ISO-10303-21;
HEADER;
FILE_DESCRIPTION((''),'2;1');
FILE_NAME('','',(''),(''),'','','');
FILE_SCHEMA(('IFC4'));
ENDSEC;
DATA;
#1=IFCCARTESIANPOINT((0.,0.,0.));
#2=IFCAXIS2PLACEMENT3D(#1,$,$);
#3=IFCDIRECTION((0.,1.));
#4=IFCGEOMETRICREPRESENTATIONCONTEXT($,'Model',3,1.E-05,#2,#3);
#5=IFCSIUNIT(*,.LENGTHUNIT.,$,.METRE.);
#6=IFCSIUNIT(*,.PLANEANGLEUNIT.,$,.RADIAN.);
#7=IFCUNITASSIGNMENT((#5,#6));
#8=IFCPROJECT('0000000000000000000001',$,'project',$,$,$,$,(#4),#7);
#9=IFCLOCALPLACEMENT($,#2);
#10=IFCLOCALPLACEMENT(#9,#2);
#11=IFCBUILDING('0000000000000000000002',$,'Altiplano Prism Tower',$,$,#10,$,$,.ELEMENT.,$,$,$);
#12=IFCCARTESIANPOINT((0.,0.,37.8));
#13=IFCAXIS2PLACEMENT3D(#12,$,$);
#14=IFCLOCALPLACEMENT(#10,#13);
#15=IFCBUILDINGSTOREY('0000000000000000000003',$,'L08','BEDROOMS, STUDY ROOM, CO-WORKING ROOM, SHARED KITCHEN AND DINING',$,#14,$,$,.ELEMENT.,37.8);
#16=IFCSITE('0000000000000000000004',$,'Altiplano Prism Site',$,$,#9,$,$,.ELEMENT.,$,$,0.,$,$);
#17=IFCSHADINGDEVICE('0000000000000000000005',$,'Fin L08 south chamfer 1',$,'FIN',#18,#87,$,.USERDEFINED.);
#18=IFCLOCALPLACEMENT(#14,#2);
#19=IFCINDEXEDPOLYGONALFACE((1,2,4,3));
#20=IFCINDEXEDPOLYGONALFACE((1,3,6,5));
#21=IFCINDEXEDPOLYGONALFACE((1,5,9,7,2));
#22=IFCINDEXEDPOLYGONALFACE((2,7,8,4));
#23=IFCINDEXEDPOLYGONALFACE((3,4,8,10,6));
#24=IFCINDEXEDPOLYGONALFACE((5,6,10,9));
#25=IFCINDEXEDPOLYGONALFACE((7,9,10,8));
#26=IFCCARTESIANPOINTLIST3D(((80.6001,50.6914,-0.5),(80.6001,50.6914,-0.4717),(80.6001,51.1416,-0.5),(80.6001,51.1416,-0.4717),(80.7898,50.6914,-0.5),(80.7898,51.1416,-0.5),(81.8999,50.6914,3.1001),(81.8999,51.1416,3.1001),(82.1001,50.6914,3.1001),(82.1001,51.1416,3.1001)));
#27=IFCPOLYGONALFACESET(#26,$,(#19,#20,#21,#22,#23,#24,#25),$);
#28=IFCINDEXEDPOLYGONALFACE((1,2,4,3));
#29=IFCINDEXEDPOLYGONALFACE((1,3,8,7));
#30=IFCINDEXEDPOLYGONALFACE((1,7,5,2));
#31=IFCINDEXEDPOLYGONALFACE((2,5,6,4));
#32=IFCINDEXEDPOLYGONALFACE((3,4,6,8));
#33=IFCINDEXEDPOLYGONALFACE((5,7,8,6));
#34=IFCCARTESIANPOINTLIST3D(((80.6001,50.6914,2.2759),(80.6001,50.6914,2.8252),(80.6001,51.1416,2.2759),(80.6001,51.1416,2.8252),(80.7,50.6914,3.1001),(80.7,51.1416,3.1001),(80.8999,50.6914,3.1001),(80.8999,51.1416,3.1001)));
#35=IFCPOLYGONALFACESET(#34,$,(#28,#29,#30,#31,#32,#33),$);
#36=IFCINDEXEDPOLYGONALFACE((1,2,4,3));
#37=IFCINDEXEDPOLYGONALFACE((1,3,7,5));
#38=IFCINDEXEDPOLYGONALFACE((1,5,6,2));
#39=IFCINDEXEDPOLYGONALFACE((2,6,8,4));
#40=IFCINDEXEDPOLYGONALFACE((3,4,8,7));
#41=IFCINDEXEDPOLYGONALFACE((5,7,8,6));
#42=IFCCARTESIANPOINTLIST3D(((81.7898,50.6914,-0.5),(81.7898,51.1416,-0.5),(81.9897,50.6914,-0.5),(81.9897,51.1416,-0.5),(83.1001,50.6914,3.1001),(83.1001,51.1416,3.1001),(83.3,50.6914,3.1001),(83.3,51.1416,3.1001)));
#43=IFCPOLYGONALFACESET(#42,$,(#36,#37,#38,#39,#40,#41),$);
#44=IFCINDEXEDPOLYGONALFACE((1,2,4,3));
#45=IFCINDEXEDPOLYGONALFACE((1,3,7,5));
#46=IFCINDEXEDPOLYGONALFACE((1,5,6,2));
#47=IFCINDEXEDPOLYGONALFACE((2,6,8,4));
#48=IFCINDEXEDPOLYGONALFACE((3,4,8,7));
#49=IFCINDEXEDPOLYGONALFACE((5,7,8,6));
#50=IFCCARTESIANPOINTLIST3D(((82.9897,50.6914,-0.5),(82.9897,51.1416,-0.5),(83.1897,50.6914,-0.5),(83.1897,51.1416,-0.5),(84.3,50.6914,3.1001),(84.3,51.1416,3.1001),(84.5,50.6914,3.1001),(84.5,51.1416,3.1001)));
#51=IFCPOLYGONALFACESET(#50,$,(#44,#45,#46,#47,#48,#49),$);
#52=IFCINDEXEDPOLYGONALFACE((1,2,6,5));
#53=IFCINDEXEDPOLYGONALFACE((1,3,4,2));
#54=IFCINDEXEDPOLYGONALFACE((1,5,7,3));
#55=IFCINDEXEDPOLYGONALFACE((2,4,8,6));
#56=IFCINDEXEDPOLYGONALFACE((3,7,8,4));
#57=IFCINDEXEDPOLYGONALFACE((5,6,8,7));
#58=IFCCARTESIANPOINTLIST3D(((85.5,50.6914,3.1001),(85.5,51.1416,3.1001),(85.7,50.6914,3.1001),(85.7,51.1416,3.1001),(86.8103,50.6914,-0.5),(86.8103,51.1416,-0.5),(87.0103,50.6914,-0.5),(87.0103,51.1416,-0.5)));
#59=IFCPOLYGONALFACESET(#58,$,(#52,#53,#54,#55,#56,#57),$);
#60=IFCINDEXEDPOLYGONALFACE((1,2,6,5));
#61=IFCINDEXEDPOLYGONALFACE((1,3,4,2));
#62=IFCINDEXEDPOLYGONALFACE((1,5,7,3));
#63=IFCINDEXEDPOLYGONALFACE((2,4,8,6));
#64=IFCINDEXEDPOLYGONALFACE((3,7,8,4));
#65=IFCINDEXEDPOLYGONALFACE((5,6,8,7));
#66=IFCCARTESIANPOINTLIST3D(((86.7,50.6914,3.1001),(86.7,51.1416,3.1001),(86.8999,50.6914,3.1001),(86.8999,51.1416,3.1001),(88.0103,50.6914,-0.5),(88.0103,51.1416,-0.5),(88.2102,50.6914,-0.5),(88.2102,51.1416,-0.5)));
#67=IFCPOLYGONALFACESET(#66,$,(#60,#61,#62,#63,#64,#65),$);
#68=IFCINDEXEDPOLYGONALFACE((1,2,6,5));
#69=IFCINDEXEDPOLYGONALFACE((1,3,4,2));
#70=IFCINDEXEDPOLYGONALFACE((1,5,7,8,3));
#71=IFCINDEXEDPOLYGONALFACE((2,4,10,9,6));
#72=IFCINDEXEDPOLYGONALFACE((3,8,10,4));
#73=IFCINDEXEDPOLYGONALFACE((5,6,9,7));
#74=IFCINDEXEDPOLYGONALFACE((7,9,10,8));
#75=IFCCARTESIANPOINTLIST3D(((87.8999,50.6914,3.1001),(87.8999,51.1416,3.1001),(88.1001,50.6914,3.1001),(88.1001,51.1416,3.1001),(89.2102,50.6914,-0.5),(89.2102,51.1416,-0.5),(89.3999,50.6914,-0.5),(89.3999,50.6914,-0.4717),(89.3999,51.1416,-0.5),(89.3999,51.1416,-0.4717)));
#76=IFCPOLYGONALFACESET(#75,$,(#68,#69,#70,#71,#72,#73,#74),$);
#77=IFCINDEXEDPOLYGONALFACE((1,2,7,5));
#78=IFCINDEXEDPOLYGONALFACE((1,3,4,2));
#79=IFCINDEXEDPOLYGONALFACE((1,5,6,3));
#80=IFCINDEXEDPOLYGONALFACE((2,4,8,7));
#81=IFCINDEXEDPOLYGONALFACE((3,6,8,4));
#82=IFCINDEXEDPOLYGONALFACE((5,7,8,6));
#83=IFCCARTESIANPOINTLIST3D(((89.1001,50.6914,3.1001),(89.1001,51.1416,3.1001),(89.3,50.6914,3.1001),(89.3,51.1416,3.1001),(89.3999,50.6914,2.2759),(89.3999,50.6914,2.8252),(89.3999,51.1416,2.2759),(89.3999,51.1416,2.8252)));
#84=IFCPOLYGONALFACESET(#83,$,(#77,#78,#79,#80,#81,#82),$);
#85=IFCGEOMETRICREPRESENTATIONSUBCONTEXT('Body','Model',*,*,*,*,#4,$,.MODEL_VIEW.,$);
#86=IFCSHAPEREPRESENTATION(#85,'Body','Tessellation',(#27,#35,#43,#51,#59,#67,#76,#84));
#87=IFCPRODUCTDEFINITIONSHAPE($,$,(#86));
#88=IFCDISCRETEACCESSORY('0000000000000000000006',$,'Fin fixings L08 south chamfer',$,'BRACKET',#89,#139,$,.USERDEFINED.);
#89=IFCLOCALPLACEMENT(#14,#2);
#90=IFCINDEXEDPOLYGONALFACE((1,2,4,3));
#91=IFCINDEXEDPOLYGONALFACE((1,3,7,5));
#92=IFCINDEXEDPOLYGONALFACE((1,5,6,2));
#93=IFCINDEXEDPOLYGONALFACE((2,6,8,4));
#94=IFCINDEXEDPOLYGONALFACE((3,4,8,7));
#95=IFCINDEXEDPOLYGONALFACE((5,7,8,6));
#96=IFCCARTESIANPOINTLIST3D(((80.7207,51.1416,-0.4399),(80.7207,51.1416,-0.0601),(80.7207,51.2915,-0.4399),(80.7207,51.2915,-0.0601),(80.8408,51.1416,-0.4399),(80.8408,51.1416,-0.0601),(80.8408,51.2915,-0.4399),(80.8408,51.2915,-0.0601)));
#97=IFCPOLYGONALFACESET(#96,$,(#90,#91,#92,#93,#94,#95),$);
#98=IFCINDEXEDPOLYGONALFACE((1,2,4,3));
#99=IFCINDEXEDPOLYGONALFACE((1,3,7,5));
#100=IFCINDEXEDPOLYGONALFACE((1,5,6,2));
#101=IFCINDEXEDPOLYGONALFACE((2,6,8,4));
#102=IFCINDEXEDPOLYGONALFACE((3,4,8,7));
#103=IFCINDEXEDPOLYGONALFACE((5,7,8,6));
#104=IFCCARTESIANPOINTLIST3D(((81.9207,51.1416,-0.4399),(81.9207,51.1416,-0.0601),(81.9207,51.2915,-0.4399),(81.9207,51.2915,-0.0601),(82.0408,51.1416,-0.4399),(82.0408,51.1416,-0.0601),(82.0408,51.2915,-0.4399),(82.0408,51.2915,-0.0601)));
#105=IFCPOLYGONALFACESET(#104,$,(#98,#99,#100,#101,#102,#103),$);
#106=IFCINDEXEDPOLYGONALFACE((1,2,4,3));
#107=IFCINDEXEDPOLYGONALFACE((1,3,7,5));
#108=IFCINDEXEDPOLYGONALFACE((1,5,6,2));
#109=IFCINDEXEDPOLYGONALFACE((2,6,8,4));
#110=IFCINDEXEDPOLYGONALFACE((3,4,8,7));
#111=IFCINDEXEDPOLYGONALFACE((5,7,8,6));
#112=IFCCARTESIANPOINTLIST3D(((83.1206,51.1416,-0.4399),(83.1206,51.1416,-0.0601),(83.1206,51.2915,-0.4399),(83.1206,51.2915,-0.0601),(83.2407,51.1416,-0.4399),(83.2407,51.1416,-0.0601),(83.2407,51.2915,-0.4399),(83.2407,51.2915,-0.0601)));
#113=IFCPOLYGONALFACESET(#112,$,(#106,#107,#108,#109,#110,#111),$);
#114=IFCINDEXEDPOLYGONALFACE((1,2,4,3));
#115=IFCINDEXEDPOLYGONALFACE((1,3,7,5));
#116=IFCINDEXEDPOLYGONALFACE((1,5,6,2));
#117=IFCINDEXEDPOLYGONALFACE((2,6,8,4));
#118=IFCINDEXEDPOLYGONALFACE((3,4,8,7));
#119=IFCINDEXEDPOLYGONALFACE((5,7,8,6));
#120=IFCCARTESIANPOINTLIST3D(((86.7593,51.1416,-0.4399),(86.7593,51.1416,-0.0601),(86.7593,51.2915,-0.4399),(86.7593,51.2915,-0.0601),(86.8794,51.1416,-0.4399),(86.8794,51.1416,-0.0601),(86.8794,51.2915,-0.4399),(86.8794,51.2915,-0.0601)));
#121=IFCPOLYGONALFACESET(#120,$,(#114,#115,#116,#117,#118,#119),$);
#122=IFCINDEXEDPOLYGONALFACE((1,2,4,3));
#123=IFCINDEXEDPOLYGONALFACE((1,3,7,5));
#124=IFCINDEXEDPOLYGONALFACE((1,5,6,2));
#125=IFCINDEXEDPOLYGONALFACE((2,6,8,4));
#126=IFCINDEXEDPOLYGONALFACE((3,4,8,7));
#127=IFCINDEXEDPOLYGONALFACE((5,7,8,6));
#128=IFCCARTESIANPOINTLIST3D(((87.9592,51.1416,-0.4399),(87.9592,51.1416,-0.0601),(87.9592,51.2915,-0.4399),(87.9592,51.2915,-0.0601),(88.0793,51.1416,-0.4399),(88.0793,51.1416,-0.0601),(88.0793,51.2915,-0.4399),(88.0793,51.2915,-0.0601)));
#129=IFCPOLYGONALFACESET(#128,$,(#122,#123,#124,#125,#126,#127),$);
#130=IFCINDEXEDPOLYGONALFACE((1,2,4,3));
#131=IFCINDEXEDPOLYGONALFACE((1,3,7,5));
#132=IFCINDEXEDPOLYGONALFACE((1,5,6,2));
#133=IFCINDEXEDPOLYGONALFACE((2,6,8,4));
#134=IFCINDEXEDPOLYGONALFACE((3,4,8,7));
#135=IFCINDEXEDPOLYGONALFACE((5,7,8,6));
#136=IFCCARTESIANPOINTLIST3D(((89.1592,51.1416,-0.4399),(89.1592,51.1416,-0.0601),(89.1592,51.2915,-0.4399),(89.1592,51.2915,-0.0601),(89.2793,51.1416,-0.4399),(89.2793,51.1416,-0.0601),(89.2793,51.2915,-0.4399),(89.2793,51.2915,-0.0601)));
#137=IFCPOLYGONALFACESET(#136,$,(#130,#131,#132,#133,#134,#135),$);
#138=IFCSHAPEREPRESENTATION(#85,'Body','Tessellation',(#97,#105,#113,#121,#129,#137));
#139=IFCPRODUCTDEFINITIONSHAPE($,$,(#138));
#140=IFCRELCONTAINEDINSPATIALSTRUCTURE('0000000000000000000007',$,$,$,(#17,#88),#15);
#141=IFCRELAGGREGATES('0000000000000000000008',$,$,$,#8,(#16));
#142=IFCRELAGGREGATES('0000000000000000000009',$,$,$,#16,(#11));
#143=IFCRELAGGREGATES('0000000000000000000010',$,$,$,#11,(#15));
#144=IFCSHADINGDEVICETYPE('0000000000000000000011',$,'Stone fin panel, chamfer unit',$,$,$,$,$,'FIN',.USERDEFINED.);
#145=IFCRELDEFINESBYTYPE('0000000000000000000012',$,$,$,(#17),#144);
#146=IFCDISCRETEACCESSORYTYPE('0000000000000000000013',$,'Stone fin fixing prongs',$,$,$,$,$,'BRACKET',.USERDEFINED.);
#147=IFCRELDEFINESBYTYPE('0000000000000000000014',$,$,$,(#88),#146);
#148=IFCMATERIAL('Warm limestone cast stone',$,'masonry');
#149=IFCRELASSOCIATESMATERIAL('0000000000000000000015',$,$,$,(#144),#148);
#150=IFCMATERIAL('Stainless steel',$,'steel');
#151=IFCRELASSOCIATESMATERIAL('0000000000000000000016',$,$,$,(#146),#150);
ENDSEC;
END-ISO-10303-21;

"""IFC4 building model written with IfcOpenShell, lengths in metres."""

from ifc_helpers import new_model, si_unit, direction, frame, origin, place, context, subcontext, project, spatial, polyline, outline, extrude, source, transform, mapped, material, type_object, element, save


model = new_model("IFC4")

# Units and contexts
model_context = context("Model", 3, precision=1e-05, world=origin(), true_north=direction((0.0, 1.0)))
body_context = subcontext(model_context, "Body", "Model", "MODEL_VIEW")
ifc_project = project(units=[si_unit("LENGTHUNIT", "METRE"), si_unit("PLANEANGLEUNIT", "RADIAN")], contexts=[model_context])

# Site, building, storey
site_placement = place(None, origin())
site = spatial("IfcSite", under=ifc_project, at=site_placement, Name="Altiplano Prism Site", CompositionType="ELEMENT", RefElevation=0.0)
building_placement = place(site_placement, origin())
building = spatial("IfcBuilding", under=site, at=building_placement, Name="Altiplano Prism Tower", CompositionType="ELEMENT")
storey_placement = place(building_placement, frame((0.0, 0.0, 37.8)))
storey = spatial("IfcBuildingStorey", under=building, at=storey_placement, Name="L08", Description="BEDROOMS, STUDY ROOM, CO-WORKING ROOM, SHARED KITCHEN AND DINING", CompositionType="ELEMENT", Elevation=37.8)

# Shading device
ifc_material_1 = material(Name="Warm limestone cast stone", Category="masonry")
shading_device_type_1 = type_object("IfcShadingDeviceType", Name="Stone fin panel, chamfer unit", ElementType="FIN", PredefinedType="USERDEFINED", material=ifc_material_1)
shared_shape_1 = source(origin(), body_context, "Body", "SweptSolid", [
    extrude(outline(polyline([(-4.3999, 0.0), (-4.2102, 0.0), (-2.8999, 3.6001), (-3.1001, 3.6001), (-4.3999, 0.0283), (-4.3999, 0.0)])), frame((0.0, -0.1499, 0.0), z_axis=(0.0, -1.0, 0.0), x_axis=(1.0, 0.0, 0.0)), (0.0, 0.0, 1.0), 0.4502),
    extrude(outline(polyline([(-4.3999, 2.7759), (-4.1001, 3.6001), (-4.3, 3.6001), (-4.3999, 3.3252), (-4.3999, 2.7759)])), frame((0.0, -0.1499, 0.0), z_axis=(0.0, -1.0, 0.0), x_axis=(1.0, 0.0, 0.0)), (0.0, 0.0, 1.0), 0.4502),
    extrude(outline(polyline([(-3.2102, 0.0), (-3.0103, 0.0), (-1.7, 3.6001), (-1.8999, 3.6001), (-3.2102, 0.0)])), frame((0.0, -0.1499, 0.0), z_axis=(0.0, -1.0, 0.0), x_axis=(1.0, 0.0, 0.0)), (0.0, 0.0, 1.0), 0.4502),
    extrude(outline(polyline([(-2.0103, 0.0), (-1.8103, 0.0), (-0.5, 3.6001), (-0.7, 3.6001), (-2.0103, 0.0)])), frame((0.0, -0.1499, 0.0), z_axis=(0.0, -1.0, 0.0), x_axis=(1.0, 0.0, 0.0)), (0.0, 0.0, 1.0), 0.4502),
    extrude(outline(polyline([(1.8103, 0.0), (2.0103, 0.0), (0.7, 3.6001), (0.5, 3.6001), (1.8103, 0.0)])), frame((0.0, -0.1499, 0.0), z_axis=(0.0, -1.0, 0.0), x_axis=(1.0, 0.0, 0.0)), (0.0, 0.0, 1.0), 0.4502),
    extrude(outline(polyline([(3.0103, 0.0), (3.2102, 0.0), (1.8999, 3.6001), (1.7, 3.6001), (3.0103, 0.0)])), frame((0.0, -0.1499, 0.0), z_axis=(0.0, -1.0, 0.0), x_axis=(1.0, 0.0, 0.0)), (0.0, 0.0, 1.0), 0.4502),
    extrude(outline(polyline([(4.2102, 0.0), (4.3999, 0.0), (4.3999, 0.0283), (3.1001, 3.6001), (2.8999, 3.6001), (4.2102, 0.0)])), frame((0.0, -0.1499, 0.0), z_axis=(0.0, -1.0, 0.0), x_axis=(1.0, 0.0, 0.0)), (0.0, 0.0, 1.0), 0.4502),
    extrude(outline(polyline([(4.3999, 3.3252), (4.3, 3.6001), (4.1001, 3.6001), (4.3999, 2.7759), (4.3999, 3.3252)])), frame((0.0, -0.1499, 0.0), z_axis=(0.0, -1.0, 0.0), x_axis=(1.0, 0.0, 0.0)), (0.0, 0.0, 1.0), 0.4502),
])
shading_device_1_placement = place(storey_placement, origin())
element("IfcShadingDevice", 1, at=shading_device_1_placement, inside=storey, type_object=shading_device_type_1, Name="Fin L08 south chamfer 1", ObjectType="FIN", PredefinedType="USERDEFINED", context=body_context, shape_type="MappedRepresentation", body=[
    mapped(shared_shape_1, transform((85.0, 51.2915, -0.5), x_axis=(1.0, 0.0, 0.0), y_axis=(0.0, 1.0, 0.0), z_axis=(0.0, 0.0, 1.0))),
])

# Discrete accessory
ifc_material_2 = material(Name="Stainless steel", Category="steel")
discrete_accessory_type = type_object("IfcDiscreteAccessoryType", Name="Stone fin fixing prongs", ElementType="BRACKET", PredefinedType="USERDEFINED", material=ifc_material_2)
shared_shape_2 = source(origin(), body_context, "Body", "SweptSolid", [
    extrude(outline(polyline([(-4.2793, 0.0601), (-4.1592, 0.0601), (-4.1592, 0.4399), (-4.2793, 0.4399), (-4.2793, 0.0601)])), frame((0.0, 0.0, 0.0), z_axis=(0.0, -1.0, 0.0), x_axis=(1.0, 0.0, 0.0)), (0.0, 0.0, 1.0), 0.1499),
    extrude(outline(polyline([(-3.0793, 0.0601), (-2.9592, 0.0601), (-2.9592, 0.4399), (-3.0793, 0.4399), (-3.0793, 0.0601)])), frame((0.0, 0.0, 0.0), z_axis=(0.0, -1.0, 0.0), x_axis=(1.0, 0.0, 0.0)), (0.0, 0.0, 1.0), 0.1499),
    extrude(outline(polyline([(-1.8794, 0.0601), (-1.7593, 0.0601), (-1.7593, 0.4399), (-1.8794, 0.4399), (-1.8794, 0.0601)])), frame((0.0, 0.0, 0.0), z_axis=(0.0, -1.0, 0.0), x_axis=(1.0, 0.0, 0.0)), (0.0, 0.0, 1.0), 0.1499),
    extrude(outline(polyline([(1.7593, 0.0601), (1.8794, 0.0601), (1.8794, 0.4399), (1.7593, 0.4399), (1.7593, 0.0601)])), frame((0.0, 0.0, 0.0), z_axis=(0.0, -1.0, 0.0), x_axis=(1.0, 0.0, 0.0)), (0.0, 0.0, 1.0), 0.1499),
    extrude(outline(polyline([(2.9592, 0.0601), (3.0793, 0.0601), (3.0793, 0.4399), (2.9592, 0.4399), (2.9592, 0.0601)])), frame((0.0, 0.0, 0.0), z_axis=(0.0, -1.0, 0.0), x_axis=(1.0, 0.0, 0.0)), (0.0, 0.0, 1.0), 0.1499),
    extrude(outline(polyline([(4.1592, 0.0601), (4.2793, 0.0601), (4.2793, 0.4399), (4.1592, 0.4399), (4.1592, 0.0601)])), frame((0.0, 0.0, 0.0), z_axis=(0.0, -1.0, 0.0), x_axis=(1.0, 0.0, 0.0)), (0.0, 0.0, 1.0), 0.1499),
])
discrete_accessory_1_placement = place(storey_placement, origin())
element("IfcDiscreteAccessory", 2, at=discrete_accessory_1_placement, inside=storey, type_object=discrete_accessory_type, Name="Fin fixings L08 south chamfer", ObjectType="BRACKET", PredefinedType="USERDEFINED", context=body_context, shape_type="MappedRepresentation", body=[
    mapped(shared_shape_2, transform((85.0, 51.2915, -0.5), x_axis=(1.0, 0.0, 0.0), y_axis=(0.0, 1.0, 0.0), z_axis=(0.0, 0.0, 1.0))),
])

save(model, "model.ifc")
